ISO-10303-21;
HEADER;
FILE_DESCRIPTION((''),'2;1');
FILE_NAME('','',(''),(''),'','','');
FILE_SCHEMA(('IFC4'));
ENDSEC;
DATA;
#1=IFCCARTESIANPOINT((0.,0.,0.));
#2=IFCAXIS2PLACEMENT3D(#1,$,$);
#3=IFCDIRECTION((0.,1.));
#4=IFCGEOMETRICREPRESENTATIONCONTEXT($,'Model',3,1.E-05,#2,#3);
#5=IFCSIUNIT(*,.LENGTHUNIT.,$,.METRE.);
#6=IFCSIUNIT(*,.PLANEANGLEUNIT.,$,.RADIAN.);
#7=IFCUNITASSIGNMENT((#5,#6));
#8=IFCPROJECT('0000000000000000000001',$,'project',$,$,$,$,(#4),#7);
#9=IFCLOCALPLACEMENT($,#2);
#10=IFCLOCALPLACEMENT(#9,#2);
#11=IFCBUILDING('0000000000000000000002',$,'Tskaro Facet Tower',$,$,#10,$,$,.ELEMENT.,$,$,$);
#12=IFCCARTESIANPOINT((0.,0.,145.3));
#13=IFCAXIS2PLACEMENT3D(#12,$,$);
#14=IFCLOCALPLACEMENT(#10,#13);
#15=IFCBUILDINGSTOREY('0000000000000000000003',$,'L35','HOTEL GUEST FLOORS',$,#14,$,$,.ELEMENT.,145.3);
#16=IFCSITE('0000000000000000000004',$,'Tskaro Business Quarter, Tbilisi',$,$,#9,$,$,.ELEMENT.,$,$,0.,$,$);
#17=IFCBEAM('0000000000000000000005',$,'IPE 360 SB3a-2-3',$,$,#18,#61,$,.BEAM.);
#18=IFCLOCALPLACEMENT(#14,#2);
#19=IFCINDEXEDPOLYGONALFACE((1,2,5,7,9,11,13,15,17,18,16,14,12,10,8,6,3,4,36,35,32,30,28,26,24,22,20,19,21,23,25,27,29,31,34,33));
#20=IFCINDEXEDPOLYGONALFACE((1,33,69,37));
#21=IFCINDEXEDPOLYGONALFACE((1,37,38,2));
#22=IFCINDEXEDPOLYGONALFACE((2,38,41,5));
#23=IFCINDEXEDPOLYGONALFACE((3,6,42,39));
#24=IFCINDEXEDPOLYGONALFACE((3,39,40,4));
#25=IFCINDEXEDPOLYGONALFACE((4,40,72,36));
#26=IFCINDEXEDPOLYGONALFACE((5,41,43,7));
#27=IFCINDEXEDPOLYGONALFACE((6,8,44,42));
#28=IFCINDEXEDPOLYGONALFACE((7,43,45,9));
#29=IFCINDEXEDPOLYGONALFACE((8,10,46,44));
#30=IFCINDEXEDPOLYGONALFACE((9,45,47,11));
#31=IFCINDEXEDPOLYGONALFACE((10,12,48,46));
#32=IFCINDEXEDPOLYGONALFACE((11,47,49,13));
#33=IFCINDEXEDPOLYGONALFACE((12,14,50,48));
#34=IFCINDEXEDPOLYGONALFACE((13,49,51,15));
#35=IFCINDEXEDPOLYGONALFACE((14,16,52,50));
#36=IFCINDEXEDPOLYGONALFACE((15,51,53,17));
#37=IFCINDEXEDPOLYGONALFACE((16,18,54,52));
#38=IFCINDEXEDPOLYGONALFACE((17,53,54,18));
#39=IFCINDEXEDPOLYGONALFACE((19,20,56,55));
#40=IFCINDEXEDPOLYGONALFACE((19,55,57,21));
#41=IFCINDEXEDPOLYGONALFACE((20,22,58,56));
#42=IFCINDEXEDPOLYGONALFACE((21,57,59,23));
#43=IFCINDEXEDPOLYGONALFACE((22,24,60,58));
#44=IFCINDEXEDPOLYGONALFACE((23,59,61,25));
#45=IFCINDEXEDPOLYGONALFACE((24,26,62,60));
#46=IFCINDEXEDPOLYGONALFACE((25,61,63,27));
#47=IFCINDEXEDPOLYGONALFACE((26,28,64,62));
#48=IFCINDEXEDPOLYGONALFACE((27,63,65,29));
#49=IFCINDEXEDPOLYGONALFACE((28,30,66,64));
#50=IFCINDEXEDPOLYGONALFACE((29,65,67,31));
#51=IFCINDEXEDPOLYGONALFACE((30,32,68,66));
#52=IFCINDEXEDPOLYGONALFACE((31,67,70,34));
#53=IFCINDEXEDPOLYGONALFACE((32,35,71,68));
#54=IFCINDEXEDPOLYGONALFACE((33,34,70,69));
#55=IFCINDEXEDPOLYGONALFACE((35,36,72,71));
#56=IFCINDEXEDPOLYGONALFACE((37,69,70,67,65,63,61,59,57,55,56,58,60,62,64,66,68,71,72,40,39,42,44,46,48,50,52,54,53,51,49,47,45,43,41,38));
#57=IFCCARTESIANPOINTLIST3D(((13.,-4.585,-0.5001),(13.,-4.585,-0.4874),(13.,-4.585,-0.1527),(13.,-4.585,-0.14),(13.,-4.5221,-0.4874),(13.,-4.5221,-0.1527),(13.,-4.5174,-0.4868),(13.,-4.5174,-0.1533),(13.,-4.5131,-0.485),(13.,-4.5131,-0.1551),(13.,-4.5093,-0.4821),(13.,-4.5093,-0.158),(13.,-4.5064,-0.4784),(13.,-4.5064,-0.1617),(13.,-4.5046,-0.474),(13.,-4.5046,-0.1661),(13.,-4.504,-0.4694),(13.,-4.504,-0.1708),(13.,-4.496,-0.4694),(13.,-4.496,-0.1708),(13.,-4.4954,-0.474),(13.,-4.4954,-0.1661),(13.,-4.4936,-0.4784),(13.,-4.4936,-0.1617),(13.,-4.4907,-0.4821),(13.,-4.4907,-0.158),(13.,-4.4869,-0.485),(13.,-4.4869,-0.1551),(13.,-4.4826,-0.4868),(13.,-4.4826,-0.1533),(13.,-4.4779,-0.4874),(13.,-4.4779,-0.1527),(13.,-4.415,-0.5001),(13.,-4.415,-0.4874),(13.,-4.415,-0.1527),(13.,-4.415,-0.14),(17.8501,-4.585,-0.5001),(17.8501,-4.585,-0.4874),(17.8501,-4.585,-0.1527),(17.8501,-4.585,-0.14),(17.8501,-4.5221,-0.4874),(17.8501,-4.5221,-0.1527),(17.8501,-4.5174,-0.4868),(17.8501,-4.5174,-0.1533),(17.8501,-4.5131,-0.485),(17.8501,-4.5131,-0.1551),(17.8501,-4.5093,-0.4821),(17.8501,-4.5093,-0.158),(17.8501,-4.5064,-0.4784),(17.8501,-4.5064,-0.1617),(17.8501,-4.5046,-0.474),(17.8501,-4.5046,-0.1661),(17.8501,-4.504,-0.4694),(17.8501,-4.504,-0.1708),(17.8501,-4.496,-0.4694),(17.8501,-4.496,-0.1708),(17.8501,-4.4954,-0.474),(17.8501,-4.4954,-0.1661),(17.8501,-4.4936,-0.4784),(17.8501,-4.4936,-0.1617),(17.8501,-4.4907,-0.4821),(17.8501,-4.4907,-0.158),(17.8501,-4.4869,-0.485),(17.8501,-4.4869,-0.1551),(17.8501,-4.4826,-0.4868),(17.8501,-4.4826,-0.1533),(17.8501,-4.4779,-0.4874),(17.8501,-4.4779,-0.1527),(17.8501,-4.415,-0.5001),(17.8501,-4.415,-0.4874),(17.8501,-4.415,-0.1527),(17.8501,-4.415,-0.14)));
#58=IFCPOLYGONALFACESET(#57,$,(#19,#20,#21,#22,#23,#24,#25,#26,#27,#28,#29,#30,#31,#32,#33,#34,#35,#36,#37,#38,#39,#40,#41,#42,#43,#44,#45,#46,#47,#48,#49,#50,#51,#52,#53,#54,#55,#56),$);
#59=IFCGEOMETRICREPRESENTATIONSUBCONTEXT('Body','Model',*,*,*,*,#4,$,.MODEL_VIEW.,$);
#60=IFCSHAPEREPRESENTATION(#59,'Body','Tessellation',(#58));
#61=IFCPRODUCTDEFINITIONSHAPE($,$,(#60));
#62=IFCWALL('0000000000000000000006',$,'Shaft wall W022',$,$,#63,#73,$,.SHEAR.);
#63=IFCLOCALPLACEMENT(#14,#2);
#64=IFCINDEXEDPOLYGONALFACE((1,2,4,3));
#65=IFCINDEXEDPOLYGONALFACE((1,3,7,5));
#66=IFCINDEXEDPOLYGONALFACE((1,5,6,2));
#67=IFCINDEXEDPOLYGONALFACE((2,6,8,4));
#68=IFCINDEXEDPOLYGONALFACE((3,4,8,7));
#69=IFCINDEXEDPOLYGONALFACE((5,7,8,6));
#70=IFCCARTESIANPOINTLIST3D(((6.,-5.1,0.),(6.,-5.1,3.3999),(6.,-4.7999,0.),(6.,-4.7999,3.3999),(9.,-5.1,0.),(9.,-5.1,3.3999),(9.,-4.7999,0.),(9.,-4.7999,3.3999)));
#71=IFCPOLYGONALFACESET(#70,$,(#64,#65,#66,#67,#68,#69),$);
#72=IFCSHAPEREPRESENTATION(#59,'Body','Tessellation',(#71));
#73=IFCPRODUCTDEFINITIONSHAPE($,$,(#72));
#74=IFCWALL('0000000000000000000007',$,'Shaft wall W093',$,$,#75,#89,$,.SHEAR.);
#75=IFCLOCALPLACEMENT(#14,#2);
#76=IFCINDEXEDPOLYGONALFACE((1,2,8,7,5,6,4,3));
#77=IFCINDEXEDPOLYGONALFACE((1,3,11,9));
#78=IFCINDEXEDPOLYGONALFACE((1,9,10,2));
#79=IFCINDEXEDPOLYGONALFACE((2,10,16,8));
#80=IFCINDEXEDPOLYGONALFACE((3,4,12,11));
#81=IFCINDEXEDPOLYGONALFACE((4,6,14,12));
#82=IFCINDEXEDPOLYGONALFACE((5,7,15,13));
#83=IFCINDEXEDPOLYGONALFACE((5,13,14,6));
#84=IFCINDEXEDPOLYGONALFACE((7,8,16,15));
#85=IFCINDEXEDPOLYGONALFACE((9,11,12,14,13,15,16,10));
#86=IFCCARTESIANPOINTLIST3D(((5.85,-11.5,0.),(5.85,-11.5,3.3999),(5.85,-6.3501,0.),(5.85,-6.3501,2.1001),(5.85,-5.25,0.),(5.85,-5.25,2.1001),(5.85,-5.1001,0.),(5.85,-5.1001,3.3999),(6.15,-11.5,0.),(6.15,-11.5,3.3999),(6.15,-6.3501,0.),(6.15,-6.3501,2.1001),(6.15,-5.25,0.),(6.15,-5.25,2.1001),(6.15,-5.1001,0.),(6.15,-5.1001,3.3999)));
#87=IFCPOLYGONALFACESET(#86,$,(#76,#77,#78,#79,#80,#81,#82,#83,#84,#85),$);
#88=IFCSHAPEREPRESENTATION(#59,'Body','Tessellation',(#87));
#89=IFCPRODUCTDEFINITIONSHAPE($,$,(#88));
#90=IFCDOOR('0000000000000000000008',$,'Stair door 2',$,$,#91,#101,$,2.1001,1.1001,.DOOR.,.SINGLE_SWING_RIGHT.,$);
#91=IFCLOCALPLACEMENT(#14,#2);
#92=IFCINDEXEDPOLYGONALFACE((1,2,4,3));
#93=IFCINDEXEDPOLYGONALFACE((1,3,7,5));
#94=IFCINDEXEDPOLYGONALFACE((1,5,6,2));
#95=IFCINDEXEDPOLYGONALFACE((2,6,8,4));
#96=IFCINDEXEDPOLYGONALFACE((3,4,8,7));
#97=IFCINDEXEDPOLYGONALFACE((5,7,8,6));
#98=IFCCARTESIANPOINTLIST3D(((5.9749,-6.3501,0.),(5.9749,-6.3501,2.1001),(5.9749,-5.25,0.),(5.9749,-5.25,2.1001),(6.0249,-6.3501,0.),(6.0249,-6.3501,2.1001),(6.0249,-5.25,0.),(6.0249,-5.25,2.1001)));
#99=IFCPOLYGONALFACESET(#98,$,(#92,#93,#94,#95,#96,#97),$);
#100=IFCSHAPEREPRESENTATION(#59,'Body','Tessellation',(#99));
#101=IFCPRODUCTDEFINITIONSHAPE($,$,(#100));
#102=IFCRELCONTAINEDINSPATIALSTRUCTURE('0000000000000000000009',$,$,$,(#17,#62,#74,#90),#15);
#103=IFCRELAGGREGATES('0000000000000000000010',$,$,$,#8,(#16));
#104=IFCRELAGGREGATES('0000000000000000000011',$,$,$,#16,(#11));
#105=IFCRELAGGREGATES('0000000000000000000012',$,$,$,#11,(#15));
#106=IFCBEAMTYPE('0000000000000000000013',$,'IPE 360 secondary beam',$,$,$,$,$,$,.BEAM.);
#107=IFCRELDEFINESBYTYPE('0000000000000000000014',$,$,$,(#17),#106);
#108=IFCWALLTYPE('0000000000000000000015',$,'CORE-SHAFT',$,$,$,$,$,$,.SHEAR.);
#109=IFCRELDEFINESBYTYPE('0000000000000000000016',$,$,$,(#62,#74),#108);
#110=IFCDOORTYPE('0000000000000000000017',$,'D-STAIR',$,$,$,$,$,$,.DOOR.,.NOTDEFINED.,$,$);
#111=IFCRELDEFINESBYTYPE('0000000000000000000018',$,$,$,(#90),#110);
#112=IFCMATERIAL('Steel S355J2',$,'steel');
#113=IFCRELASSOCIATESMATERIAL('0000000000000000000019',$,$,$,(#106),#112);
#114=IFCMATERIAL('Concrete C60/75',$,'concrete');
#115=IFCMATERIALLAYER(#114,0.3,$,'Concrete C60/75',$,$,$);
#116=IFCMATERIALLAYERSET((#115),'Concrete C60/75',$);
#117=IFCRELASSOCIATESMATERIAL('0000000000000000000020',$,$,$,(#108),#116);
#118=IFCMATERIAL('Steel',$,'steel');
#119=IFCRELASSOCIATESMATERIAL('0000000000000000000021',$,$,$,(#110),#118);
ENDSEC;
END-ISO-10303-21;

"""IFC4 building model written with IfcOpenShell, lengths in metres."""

from ifc_helpers import new_model, si_unit, direction, frame, frame_2d, origin, origin_2d, place, context, subcontext, project, spatial, rectangle, i_section, extrude, material, layer, layer_set, material_profile, profile_set, type_object, element, fill, save


model = new_model("IFC4")

# Units and contexts
model_context = context("Model", 3, precision=1e-05, world=origin(), true_north=direction((0.0, 1.0)))
body_context = subcontext(model_context, "Body", "Model", "MODEL_VIEW")
ifc_project = project(units=[si_unit("LENGTHUNIT", "METRE"), si_unit("PLANEANGLEUNIT", "RADIAN")], contexts=[model_context])

# Site, building, storey
site_placement = place(None, origin())
site = spatial("IfcSite", under=ifc_project, at=site_placement, Name="Tskaro Business Quarter, Tbilisi", CompositionType="ELEMENT", RefElevation=0.0)
building_placement = place(site_placement, origin())
building = spatial("IfcBuilding", under=site, at=building_placement, Name="Tskaro Facet Tower", CompositionType="ELEMENT")
storey_placement = place(building_placement, frame((0.0, 0.0, 145.3)))
storey = spatial("IfcBuildingStorey", under=building, at=storey_placement, Name="L35", Description="HOTEL GUEST FLOORS", CompositionType="ELEMENT", Elevation=145.3)

# Beam
ifc_material_1 = material(Name="Steel S355J2", Category="steel")
ifc_material_profile = material_profile(ifc_material_1, i_section(OverallWidth=0.1699, OverallDepth=0.3601, WebThickness=0.0081, FlangeThickness=0.0127, FilletRadius=0.0181, at=origin_2d()), Name="IPE 360")
ifc_profile_set = profile_set([ifc_material_profile], Name="Steel S355J2")
beam_type = type_object("IfcBeamType", Name="IPE 360 secondary beam", PredefinedType="BEAM", material=ifc_profile_set)
beam_placement = place(storey_placement, frame((13.0, -4.5, -0.3201), z_axis=(1.0, 0.0, 0.0), x_axis=(0.0, 1.0, 0.0)))
element("IfcBeam", 1, at=beam_placement, inside=storey, type_object=beam_type, Name="IPE 360 SB3a-2-3", PredefinedType="BEAM", context=body_context, shape_type="SweptSolid", body=[
    extrude(i_section(OverallWidth=0.1699, OverallDepth=0.3601, WebThickness=0.0081, FlangeThickness=0.0127, FilletRadius=0.0181, at=origin_2d()), origin(), (0.0, 0.0, 1.0), 4.8501),
])

# Wall
ifc_material_2 = material(Name="Concrete C60/75", Category="concrete")
ifc_layer_1 = layer(ifc_material_2, 0.3, Name="Concrete C60/75")
ifc_layer_set_1 = layer_set([ifc_layer_1], Name="Concrete C60/75")
wall_type_1 = type_object("IfcWallType", Name="CORE-SHAFT", PredefinedType="SHEAR", material=ifc_layer_set_1)
wall_1_placement = place(storey_placement, frame((6.0, -4.95, 0.0), z_axis=(0.0, 0.0, 1.0), x_axis=(1.0, 0.0, 0.0)))
element("IfcWall", 2, at=wall_1_placement, inside=storey, type_object=wall_type_1, Name="Shaft wall W022", PredefinedType="SHEAR", context=body_context, shape_type="SweptSolid", body=[
    extrude(rectangle(XDim=3.0, YDim=0.3, at=frame_2d((1.5, 0.0))), origin(), (0.0, 0.0, 1.0), 3.3999),
])

# Wall, opening, door
wall_2_placement = place(storey_placement, frame((6.0, -5.1001, 0.0), z_axis=(0.0, 0.0, 1.0), x_axis=(0.0, -1.0, 0.0)))
wall_2 = element("IfcWall", 3, at=wall_2_placement, inside=storey, type_object=wall_type_1, Name="Shaft wall W093", PredefinedType="SHEAR", context=body_context, shape_type="SweptSolid", body=[
    extrude(rectangle(XDim=6.3999, YDim=0.3, at=frame_2d((3.2, 0.0))), origin(), (0.0, 0.0, 1.0), 3.3999),
])
opening_1_placement = place(wall_2_placement, frame((0.1499, 0.0, 0.0)))
opening_1 = element("IfcOpeningElement", 4, at=opening_1_placement, cuts=wall_2, PredefinedType="OPENING", context=body_context, shape_type="SweptSolid", body=[
    extrude(rectangle(XDim=1.1001, YDim=2.1001, at=frame_2d((0.55, 1.05))), frame((0.0, 0.1599, 0.0), z_axis=(0.0, -1.0, 0.0), x_axis=(1.0, 0.0, 0.0)), (0.0, 0.0, 1.0), 0.3201),
])
ifc_material_3 = material(Name="Steel", Category="steel")
door_type_1 = type_object("IfcDoorType", Name="D-STAIR", OperationType="NOTDEFINED", PredefinedType="DOOR", material=ifc_material_3)
door_1_placement = place(opening_1_placement, origin())
door_1 = element("IfcDoor", 5, at=door_1_placement, inside=storey, type_object=door_type_1, Name="Stair door 2", OperationType="SINGLE_SWING_RIGHT", OverallHeight=2.1001, OverallWidth=1.1001, PredefinedType="DOOR", context=body_context, shape_type="SweptSolid", body=[
    extrude(rectangle(XDim=1.1001, YDim=2.1001, at=frame_2d((0.55, 1.05))), frame((0.0, 0.0249, 0.0), z_axis=(0.0, -1.0, 0.0), x_axis=(1.0, 0.0, 0.0)), (0.0, 0.0, 1.0), 0.05),
])
fill(opening_1, door_1)

save(model, "model.ifc")
